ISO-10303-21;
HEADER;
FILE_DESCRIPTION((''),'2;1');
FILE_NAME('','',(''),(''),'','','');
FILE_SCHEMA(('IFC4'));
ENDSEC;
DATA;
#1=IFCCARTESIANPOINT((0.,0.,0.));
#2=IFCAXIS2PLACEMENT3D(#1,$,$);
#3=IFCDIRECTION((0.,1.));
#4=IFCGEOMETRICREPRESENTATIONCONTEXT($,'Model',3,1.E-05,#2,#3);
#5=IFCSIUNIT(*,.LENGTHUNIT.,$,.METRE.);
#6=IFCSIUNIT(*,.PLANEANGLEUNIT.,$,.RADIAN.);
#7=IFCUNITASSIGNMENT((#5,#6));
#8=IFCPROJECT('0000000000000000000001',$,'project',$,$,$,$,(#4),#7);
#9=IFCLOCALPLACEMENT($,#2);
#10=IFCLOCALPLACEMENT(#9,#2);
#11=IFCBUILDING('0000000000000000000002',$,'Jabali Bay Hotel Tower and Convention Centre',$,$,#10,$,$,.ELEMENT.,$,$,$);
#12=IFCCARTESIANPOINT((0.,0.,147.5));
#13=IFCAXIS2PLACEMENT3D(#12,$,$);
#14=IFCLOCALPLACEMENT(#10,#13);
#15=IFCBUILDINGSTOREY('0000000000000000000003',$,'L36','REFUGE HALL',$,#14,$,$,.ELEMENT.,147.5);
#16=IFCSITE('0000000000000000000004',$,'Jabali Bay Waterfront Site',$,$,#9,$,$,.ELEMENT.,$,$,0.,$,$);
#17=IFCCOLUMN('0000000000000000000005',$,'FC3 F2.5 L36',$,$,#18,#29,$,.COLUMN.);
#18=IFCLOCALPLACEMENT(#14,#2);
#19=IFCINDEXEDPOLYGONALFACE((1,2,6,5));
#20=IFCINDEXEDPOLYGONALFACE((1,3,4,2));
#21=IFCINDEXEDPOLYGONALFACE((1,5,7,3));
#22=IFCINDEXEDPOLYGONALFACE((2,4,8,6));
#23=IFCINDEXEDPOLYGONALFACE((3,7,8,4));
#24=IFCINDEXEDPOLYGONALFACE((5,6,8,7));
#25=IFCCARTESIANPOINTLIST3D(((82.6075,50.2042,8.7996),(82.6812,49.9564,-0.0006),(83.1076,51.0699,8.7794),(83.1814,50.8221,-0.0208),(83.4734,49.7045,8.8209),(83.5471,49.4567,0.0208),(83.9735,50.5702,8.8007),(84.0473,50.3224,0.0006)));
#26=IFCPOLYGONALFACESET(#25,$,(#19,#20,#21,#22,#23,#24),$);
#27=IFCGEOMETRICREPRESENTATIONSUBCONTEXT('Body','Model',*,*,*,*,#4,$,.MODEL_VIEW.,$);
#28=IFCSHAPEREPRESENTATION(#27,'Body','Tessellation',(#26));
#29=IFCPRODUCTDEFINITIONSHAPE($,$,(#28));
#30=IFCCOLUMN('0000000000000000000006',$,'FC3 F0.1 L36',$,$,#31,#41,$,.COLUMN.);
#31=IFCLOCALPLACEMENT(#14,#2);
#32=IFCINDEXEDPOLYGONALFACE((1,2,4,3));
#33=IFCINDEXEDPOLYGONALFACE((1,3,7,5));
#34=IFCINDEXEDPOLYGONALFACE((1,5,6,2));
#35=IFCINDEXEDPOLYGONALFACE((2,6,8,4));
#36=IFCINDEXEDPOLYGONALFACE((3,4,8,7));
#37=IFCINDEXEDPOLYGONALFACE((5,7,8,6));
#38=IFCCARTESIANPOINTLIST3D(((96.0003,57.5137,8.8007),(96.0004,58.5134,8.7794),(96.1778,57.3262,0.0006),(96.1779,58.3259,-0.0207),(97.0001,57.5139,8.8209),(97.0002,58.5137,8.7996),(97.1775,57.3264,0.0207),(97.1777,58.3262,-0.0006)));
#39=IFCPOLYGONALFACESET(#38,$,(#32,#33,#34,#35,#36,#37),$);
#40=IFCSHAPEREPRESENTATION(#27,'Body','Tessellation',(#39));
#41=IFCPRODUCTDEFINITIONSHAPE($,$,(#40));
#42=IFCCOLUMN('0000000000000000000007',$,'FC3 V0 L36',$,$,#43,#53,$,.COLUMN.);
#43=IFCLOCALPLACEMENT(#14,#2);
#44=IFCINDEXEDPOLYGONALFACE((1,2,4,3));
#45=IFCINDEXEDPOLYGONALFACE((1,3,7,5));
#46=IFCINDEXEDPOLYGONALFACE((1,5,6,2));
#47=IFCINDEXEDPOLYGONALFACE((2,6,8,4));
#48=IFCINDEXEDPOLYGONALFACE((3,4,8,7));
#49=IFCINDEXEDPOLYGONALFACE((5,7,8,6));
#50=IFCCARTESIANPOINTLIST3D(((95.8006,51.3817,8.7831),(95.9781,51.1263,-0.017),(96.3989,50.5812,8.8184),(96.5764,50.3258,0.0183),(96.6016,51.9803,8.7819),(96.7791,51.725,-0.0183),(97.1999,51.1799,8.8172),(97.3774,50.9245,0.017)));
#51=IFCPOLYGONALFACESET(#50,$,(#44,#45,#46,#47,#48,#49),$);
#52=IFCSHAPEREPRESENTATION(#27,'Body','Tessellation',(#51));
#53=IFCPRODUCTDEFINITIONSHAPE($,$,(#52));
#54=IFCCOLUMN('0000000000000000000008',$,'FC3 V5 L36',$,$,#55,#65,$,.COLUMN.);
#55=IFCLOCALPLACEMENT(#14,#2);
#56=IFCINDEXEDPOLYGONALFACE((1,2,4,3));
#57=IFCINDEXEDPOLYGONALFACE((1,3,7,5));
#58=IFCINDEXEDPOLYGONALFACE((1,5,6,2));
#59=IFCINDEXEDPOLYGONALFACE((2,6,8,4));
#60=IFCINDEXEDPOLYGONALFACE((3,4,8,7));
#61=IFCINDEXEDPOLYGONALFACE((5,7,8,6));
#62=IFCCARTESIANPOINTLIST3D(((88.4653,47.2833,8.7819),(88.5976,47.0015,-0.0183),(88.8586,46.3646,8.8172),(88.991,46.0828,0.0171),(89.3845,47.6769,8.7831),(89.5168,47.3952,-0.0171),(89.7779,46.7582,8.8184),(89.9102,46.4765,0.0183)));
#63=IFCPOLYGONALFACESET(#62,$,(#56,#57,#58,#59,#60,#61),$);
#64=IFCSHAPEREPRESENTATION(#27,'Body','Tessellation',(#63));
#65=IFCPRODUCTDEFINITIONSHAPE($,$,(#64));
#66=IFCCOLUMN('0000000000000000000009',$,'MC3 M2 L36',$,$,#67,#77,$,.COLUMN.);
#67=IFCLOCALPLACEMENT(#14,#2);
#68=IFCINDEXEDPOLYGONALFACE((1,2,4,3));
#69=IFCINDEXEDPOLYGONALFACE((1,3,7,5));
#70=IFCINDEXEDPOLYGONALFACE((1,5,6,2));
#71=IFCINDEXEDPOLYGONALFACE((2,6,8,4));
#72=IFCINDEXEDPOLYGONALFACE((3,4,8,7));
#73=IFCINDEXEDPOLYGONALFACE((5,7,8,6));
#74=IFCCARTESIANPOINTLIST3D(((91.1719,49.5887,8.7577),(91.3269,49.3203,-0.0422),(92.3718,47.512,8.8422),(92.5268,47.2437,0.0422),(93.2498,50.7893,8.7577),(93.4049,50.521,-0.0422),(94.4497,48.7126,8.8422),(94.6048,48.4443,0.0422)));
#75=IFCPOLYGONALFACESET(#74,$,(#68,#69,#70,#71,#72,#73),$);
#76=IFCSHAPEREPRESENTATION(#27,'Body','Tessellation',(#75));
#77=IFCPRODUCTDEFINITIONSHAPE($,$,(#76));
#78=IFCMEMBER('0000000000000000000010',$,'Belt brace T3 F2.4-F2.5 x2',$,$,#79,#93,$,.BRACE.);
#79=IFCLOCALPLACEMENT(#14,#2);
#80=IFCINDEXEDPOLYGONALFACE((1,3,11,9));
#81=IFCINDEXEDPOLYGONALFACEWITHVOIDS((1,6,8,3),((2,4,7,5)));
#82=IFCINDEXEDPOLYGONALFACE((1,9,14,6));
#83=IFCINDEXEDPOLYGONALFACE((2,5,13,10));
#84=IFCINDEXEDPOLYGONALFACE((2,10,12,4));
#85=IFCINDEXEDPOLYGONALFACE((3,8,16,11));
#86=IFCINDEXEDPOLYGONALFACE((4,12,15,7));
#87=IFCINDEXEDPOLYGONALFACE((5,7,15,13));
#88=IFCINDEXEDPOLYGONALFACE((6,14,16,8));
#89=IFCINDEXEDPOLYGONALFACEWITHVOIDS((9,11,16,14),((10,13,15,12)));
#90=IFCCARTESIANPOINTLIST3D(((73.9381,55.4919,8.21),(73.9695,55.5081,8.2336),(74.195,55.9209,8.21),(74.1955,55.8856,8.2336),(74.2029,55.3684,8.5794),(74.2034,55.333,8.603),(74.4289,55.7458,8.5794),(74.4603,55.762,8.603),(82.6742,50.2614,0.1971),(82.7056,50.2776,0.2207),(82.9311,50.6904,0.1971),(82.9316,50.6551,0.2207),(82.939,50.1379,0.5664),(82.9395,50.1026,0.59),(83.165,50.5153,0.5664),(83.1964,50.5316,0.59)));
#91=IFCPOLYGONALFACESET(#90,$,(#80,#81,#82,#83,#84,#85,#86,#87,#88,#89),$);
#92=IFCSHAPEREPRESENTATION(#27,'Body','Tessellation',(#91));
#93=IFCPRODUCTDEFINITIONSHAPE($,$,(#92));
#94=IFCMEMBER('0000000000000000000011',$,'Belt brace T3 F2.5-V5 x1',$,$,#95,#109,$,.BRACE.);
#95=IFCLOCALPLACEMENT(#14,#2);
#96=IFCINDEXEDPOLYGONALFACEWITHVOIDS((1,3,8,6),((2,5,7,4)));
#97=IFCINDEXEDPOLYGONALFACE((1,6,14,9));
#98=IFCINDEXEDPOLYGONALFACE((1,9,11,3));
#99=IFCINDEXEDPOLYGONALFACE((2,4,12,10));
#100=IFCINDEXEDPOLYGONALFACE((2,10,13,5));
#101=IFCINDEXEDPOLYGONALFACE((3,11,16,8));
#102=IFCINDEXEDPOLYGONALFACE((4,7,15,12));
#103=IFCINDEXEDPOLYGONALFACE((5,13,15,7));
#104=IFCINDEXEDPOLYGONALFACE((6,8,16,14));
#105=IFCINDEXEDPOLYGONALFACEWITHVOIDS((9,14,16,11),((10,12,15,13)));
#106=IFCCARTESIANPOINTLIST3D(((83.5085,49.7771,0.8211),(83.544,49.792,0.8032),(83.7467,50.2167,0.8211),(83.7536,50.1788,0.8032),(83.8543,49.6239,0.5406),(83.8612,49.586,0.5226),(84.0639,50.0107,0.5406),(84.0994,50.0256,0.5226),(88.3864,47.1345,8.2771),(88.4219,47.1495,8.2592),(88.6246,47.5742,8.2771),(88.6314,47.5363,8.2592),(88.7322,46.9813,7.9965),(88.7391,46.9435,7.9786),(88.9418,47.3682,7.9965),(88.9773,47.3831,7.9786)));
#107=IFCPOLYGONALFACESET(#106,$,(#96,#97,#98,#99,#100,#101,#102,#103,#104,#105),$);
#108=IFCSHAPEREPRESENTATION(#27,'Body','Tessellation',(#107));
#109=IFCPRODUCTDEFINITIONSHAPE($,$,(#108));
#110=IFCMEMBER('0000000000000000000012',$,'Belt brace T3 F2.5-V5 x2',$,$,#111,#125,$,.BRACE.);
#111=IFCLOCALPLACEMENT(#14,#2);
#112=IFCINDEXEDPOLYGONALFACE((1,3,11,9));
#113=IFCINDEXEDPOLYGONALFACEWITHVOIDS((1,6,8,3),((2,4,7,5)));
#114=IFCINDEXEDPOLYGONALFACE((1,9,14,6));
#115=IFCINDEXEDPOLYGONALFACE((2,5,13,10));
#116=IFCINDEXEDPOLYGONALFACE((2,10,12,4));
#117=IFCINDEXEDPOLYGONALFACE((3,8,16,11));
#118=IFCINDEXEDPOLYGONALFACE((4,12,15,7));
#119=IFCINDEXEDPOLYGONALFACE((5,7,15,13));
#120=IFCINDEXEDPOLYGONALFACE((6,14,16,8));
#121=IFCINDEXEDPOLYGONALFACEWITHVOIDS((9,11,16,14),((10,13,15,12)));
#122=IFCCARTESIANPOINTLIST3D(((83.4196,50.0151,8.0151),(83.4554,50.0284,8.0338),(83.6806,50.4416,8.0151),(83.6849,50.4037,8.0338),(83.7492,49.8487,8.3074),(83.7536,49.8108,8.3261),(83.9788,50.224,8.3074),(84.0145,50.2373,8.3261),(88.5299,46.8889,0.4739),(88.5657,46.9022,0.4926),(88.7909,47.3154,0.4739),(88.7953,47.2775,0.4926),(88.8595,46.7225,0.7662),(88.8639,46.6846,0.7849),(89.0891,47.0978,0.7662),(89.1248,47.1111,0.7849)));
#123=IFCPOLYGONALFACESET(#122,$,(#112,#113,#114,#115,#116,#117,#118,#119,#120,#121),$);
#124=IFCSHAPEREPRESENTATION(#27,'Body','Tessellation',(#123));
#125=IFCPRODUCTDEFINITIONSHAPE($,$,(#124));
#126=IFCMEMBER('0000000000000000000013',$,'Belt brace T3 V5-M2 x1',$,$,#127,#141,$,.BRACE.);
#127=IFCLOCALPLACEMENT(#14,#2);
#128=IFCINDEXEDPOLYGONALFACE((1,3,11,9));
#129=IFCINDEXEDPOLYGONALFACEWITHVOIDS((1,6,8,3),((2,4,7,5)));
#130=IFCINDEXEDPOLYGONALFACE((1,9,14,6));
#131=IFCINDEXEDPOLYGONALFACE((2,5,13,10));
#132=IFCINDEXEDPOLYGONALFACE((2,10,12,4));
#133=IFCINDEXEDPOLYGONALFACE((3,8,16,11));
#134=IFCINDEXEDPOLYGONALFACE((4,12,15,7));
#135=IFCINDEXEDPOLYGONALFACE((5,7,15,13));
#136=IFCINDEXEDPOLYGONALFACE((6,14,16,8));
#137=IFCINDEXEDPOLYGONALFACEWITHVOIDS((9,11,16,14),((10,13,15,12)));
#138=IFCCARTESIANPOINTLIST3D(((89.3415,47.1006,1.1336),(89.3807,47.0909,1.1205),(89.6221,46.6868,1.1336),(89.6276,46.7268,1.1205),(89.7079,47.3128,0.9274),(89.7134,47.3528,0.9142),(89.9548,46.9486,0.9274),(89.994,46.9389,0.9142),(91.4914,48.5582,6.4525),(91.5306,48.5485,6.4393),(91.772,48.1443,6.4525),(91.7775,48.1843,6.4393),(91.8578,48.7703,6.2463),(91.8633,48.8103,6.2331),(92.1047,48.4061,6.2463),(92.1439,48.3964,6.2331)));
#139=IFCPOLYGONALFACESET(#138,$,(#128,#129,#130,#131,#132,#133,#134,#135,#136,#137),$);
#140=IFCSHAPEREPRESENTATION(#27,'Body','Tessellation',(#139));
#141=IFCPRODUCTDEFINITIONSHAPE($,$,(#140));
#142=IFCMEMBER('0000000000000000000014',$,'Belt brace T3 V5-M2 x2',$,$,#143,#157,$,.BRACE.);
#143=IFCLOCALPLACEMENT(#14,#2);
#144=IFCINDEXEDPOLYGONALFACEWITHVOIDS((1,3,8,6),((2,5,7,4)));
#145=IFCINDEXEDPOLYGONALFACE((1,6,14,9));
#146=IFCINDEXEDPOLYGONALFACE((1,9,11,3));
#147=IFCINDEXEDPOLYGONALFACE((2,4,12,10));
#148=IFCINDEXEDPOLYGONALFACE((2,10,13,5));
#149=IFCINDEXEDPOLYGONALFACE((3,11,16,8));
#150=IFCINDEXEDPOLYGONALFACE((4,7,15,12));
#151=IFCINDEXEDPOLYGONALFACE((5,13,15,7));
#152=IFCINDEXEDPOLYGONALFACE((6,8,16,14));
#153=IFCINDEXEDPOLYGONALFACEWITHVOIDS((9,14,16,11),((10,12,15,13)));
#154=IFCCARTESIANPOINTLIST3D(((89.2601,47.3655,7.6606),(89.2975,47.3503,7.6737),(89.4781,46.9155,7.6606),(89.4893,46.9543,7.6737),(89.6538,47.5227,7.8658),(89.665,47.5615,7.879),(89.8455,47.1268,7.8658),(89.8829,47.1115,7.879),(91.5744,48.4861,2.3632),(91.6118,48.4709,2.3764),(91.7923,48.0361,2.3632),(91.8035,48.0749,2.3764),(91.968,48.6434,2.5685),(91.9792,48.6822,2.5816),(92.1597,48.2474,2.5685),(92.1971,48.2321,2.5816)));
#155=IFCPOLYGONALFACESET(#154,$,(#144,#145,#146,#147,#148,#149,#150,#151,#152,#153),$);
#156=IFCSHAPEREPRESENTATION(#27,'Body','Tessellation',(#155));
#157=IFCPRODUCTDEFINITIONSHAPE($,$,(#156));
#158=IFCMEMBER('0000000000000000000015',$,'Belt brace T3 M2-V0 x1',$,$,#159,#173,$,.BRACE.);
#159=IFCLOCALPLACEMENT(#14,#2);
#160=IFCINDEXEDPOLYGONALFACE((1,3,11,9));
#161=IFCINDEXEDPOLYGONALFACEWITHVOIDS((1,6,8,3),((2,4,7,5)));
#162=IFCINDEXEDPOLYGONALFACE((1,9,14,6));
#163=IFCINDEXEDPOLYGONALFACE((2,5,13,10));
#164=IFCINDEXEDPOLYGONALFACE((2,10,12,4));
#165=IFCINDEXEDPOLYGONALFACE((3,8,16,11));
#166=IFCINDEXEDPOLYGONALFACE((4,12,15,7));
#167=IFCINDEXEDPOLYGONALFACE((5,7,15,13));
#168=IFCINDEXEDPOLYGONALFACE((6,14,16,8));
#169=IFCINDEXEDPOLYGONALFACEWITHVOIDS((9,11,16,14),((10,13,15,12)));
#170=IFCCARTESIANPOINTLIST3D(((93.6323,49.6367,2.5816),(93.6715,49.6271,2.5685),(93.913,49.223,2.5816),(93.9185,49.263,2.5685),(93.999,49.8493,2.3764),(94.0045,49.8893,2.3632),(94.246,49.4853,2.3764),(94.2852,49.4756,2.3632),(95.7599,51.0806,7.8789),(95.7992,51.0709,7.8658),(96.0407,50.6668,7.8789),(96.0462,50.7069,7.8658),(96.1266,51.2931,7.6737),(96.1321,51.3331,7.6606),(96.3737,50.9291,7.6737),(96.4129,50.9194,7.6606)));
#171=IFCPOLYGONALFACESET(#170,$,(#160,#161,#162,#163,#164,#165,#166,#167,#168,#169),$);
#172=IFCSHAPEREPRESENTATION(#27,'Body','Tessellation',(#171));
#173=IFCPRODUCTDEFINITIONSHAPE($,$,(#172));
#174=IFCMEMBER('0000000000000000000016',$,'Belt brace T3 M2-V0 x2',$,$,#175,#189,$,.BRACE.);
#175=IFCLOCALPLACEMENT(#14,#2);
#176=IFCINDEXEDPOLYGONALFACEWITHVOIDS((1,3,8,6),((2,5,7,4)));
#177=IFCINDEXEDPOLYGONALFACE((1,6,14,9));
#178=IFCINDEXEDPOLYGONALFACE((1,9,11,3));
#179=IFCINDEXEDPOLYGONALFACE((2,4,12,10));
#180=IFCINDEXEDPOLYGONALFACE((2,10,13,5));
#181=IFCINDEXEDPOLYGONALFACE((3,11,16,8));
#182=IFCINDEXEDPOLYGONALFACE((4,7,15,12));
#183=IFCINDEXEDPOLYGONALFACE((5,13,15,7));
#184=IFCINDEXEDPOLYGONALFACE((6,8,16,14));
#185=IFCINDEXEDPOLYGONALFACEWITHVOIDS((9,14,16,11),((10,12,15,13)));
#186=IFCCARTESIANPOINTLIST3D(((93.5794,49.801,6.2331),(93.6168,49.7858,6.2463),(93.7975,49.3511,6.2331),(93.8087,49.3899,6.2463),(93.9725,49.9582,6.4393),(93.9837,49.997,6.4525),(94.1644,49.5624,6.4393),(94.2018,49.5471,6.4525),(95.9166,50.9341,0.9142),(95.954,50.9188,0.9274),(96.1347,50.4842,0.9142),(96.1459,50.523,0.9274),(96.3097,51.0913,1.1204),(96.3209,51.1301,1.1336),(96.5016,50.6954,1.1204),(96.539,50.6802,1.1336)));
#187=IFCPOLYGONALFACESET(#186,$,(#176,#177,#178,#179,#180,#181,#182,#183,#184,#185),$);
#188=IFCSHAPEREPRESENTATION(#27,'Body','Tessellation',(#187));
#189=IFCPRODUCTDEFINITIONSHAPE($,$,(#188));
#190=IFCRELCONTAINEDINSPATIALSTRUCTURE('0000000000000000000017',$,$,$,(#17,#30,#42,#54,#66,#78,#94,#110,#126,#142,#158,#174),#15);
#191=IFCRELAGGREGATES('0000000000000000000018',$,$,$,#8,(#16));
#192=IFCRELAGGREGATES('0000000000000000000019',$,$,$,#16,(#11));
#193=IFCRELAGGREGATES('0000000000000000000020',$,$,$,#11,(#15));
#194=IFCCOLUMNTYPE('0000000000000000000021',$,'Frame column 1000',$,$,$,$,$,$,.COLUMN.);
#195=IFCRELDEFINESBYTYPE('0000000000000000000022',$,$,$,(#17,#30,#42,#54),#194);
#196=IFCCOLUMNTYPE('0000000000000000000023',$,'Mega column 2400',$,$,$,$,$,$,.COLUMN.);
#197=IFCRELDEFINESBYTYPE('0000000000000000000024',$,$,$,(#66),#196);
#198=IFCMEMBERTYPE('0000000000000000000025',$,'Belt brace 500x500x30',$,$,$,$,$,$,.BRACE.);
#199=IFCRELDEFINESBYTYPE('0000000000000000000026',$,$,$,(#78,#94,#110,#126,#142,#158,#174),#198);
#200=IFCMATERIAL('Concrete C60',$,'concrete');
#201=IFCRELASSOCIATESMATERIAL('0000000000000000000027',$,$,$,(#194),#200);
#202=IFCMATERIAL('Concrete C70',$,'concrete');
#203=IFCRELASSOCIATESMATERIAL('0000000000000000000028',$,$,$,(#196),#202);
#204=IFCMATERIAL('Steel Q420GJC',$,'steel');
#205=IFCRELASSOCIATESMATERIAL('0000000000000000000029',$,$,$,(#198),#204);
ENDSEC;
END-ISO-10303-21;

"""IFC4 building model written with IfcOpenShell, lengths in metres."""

from ifc_helpers import new_model, si_unit, direction, frame, origin, origin_2d, place, context, subcontext, project, spatial, rectangle, hollow_rectangle, extrude, material, material_profile, profile_set, type_object, element, save


model = new_model("IFC4")

# Units and contexts
model_context = context("Model", 3, precision=1e-05, world=origin(), true_north=direction((0.0, 1.0)))
body_context = subcontext(model_context, "Body", "Model", "MODEL_VIEW")
ifc_project = project(units=[si_unit("LENGTHUNIT", "METRE"), si_unit("PLANEANGLEUNIT", "RADIAN")], contexts=[model_context])

# Site, building, storey
site_placement = place(None, origin())
site = spatial("IfcSite", under=ifc_project, at=site_placement, Name="Jabali Bay Waterfront Site", CompositionType="ELEMENT", RefElevation=0.0)
building_placement = place(site_placement, origin())
building = spatial("IfcBuilding", under=site, at=building_placement, Name="Jabali Bay Hotel Tower and Convention Centre", CompositionType="ELEMENT")
storey_placement = place(building_placement, frame((0.0, 0.0, 147.5)))
storey = spatial("IfcBuildingStorey", under=building, at=storey_placement, Name="L36", Description="REFUGE HALL", CompositionType="ELEMENT", Elevation=147.5)

# Columns
ifc_material_1 = material(Name="Concrete C60", Category="concrete")
ifc_material_profile_1 = material_profile(ifc_material_1, rectangle(XDim=1.0, YDim=1.0, at=origin_2d()), Name="Frame column 1000")
ifc_profile_set_1 = profile_set([ifc_material_profile_1], Name="Concrete C60")
column_type_1 = type_object("IfcColumnType", Name="Frame column 1000", PredefinedType="COLUMN", material=ifc_profile_set_1)
for number, where, z_axis, x_axis, name in (
    (1, (83.3643, 50.1394, 0.0), (-0.008375, 0.028147, 0.999569), (-0.500139, -0.86571, 0.020187), "FC3 F2.5 L36"),
    (2, (96.6777, 57.8262, 0.0), (-0.020161, 0.021298, 0.99957), (-0.000171, -0.999773, 0.021298), "FC3 F0.1 L36"),
):
    element("IfcColumn", number, at=place(storey_placement, frame(where, z_axis=z_axis, x_axis=x_axis)), inside=storey, type_object=column_type_1, Name=name, PredefinedType="COLUMN", context=body_context, shape_type="SweptSolid", body=[
        extrude(rectangle(XDim=1.0, YDim=1.0, at=origin_2d()), origin(), (0.0, 0.0, 1.0), 8.804),
    ])
for number, where, z_axis, x_axis, name in (
    (3, (96.6777, 51.0254, 0.0), (-0.020157, 0.029001, 0.999376), (-0.800984, -0.598684, 0.001218), "FC3 V0 L36"),
    (4, (89.2539, 46.739, 0.0), (-0.015027, 0.031996, 0.999375), (0.39338, -0.918697, 0.035328), "FC3 V5 L36"),
):
    element("IfcColumn", number, at=place(storey_placement, frame(where, z_axis=z_axis, x_axis=x_axis)), inside=storey, type_object=column_type_1, Name=name, PredefinedType="COLUMN", context=body_context, shape_type="SweptSolid", body=[
        extrude(rectangle(XDim=1.0, YDim=1.0, at=origin_2d()), origin(), (0.0, 0.0, 1.0), 8.8057),
    ])
ifc_material_2 = material(Name="Concrete C70", Category="concrete")
ifc_material_profile_2 = material_profile(ifc_material_2, rectangle(XDim=2.3999, YDim=2.3999, at=origin_2d()), Name="Mega column 2400")
ifc_profile_set_2 = profile_set([ifc_material_profile_2], Name="Concrete C70")
column_type_2 = type_object("IfcColumnType", Name="Mega column 2400", PredefinedType="COLUMN", material=ifc_profile_set_2)
column_placement = place(storey_placement, frame((92.9658, 48.8823, 0.0), z_axis=(-0.017606, 0.030471, 0.999381), x_axis=(0.49998, -0.865321, 0.035191)))
element("IfcColumn", 5, at=column_placement, inside=storey, type_object=column_type_2, Name="MC3 M2 L36", PredefinedType="COLUMN", context=body_context, shape_type="SweptSolid", body=[
    extrude(rectangle(XDim=2.3999, YDim=2.3999, at=origin_2d()), origin(), (0.0, 0.0, 1.0), 8.8054),
])

# Members
ifc_material_3 = material(Name="Steel Q420GJC", Category="steel")
ifc_material_profile_3 = material_profile(ifc_material_3, hollow_rectangle(XDim=0.5, YDim=0.5, WallThickness=0.03, at=origin_2d()), Name="Belt brace 500x500x30")
ifc_profile_set_3 = profile_set([ifc_material_profile_3], Name="Steel Q420GJC")
member_type_1 = type_object("IfcMemberType", Name="Belt brace 500x500x30", PredefinedType="BRACE", material=ifc_profile_set_3)
member_1_placement = place(storey_placement, frame((82.9353, 50.3965, 0.3936), z_axis=(-0.674236, 0.403679, 0.618425), x_axis=(-0.513688, -0.857977, 0.0)))
element("IfcMember", 6, at=member_1_placement, inside=storey, type_object=member_type_1, Name="Belt brace T3 F2.4-F2.5 x2", PredefinedType="BRACE", context=body_context, shape_type="SweptSolid", body=[
    extrude(hollow_rectangle(XDim=0.5, YDim=0.5, WallThickness=0.03, at=origin_2d()), origin(), (0.0, 0.0, 1.0), 12.957),
])
member_2_placement = place(storey_placement, frame((83.804, 49.9014, 0.6719), z_axis=(0.524872, -0.284345, 0.802282), x_axis=(0.476334, 0.879264, 0.0)))
element("IfcMember", 7, at=member_2_placement, inside=storey, type_object=member_type_1, Name="Belt brace T3 F2.5-V5 x1", PredefinedType="BRACE", context=body_context, shape_type="SweptSolid", body=[
    extrude(hollow_rectangle(XDim=0.5, YDim=0.5, WallThickness=0.03, at=origin_2d()), origin(), (0.0, 0.0, 1.0), 9.2935),
])
member_3_placement = place(storey_placement, frame((88.8274, 47.0, 0.6294), z_axis=(-0.530605, 0.324594, 0.783005), x_axis=(-0.521842, -0.853042, 0.0)))
element("IfcMember", 8, at=member_3_placement, inside=storey, type_object=member_type_1, Name="Belt brace T3 F2.5-V5 x2", PredefinedType="BRACE", context=body_context, shape_type="SweptSolid", body=[
    extrude(hollow_rectangle(XDim=0.5, YDim=0.5, WallThickness=0.03, at=origin_2d()), origin(), (0.0, 0.0, 1.0), 9.6311),
])
member_4_placement = place(storey_placement, frame((89.6677, 47.0198, 1.0239), z_axis=(0.36321, 0.246237, 0.89858), x_axis=(-0.561147, 0.827716, 0.0)))
element("IfcMember", 9, at=member_4_placement, inside=storey, type_object=member_type_1, Name="Belt brace T3 V5-M2 x1", PredefinedType="BRACE", context=body_context, shape_type="SweptSolid", body=[
    extrude(hollow_rectangle(XDim=0.5, YDim=0.5, WallThickness=0.03, at=origin_2d()), origin(), (0.0, 0.0, 1.0), 5.9192),
])
for number, where, z_axis, x_axis, name in (
    (10, (91.8857, 48.3591, 2.4724), (-0.393011, -0.190307, 0.899625), (0.435822, -0.900033, 0.0), "Belt brace T3 V5-M2 x2"),
    (11, (93.9587, 49.5562, 2.4724), (0.361332, 0.2452, 0.89962), (-0.561518, 0.827465, 0.0), "Belt brace T3 M2-V0 x1"),
):
    element("IfcMember", number, at=place(storey_placement, frame(where, z_axis=z_axis, x_axis=x_axis)), inside=storey, type_object=member_type_1, Name=name, PredefinedType="BRACE", context=body_context, shape_type="SweptSolid", body=[
        extrude(hollow_rectangle(XDim=0.5, YDim=0.5, WallThickness=0.03, at=origin_2d()), origin(), (0.0, 0.0, 1.0), 5.8884),
    ])
member_5_placement = place(storey_placement, frame((96.2278, 50.8071, 1.0239), z_axis=(-0.394847, -0.191422, 0.898584), x_axis=(0.436239, -0.899831, 0.0)))
element("IfcMember", 12, at=member_5_placement, inside=storey, type_object=member_type_1, Name="Belt brace T3 M2-V0 x2", PredefinedType="BRACE", context=body_context, shape_type="SweptSolid", body=[
    extrude(hollow_rectangle(XDim=0.5, YDim=0.5, WallThickness=0.03, at=origin_2d()), origin(), (0.0, 0.0, 1.0), 5.9192),
])

save(model, "model.ifc")
